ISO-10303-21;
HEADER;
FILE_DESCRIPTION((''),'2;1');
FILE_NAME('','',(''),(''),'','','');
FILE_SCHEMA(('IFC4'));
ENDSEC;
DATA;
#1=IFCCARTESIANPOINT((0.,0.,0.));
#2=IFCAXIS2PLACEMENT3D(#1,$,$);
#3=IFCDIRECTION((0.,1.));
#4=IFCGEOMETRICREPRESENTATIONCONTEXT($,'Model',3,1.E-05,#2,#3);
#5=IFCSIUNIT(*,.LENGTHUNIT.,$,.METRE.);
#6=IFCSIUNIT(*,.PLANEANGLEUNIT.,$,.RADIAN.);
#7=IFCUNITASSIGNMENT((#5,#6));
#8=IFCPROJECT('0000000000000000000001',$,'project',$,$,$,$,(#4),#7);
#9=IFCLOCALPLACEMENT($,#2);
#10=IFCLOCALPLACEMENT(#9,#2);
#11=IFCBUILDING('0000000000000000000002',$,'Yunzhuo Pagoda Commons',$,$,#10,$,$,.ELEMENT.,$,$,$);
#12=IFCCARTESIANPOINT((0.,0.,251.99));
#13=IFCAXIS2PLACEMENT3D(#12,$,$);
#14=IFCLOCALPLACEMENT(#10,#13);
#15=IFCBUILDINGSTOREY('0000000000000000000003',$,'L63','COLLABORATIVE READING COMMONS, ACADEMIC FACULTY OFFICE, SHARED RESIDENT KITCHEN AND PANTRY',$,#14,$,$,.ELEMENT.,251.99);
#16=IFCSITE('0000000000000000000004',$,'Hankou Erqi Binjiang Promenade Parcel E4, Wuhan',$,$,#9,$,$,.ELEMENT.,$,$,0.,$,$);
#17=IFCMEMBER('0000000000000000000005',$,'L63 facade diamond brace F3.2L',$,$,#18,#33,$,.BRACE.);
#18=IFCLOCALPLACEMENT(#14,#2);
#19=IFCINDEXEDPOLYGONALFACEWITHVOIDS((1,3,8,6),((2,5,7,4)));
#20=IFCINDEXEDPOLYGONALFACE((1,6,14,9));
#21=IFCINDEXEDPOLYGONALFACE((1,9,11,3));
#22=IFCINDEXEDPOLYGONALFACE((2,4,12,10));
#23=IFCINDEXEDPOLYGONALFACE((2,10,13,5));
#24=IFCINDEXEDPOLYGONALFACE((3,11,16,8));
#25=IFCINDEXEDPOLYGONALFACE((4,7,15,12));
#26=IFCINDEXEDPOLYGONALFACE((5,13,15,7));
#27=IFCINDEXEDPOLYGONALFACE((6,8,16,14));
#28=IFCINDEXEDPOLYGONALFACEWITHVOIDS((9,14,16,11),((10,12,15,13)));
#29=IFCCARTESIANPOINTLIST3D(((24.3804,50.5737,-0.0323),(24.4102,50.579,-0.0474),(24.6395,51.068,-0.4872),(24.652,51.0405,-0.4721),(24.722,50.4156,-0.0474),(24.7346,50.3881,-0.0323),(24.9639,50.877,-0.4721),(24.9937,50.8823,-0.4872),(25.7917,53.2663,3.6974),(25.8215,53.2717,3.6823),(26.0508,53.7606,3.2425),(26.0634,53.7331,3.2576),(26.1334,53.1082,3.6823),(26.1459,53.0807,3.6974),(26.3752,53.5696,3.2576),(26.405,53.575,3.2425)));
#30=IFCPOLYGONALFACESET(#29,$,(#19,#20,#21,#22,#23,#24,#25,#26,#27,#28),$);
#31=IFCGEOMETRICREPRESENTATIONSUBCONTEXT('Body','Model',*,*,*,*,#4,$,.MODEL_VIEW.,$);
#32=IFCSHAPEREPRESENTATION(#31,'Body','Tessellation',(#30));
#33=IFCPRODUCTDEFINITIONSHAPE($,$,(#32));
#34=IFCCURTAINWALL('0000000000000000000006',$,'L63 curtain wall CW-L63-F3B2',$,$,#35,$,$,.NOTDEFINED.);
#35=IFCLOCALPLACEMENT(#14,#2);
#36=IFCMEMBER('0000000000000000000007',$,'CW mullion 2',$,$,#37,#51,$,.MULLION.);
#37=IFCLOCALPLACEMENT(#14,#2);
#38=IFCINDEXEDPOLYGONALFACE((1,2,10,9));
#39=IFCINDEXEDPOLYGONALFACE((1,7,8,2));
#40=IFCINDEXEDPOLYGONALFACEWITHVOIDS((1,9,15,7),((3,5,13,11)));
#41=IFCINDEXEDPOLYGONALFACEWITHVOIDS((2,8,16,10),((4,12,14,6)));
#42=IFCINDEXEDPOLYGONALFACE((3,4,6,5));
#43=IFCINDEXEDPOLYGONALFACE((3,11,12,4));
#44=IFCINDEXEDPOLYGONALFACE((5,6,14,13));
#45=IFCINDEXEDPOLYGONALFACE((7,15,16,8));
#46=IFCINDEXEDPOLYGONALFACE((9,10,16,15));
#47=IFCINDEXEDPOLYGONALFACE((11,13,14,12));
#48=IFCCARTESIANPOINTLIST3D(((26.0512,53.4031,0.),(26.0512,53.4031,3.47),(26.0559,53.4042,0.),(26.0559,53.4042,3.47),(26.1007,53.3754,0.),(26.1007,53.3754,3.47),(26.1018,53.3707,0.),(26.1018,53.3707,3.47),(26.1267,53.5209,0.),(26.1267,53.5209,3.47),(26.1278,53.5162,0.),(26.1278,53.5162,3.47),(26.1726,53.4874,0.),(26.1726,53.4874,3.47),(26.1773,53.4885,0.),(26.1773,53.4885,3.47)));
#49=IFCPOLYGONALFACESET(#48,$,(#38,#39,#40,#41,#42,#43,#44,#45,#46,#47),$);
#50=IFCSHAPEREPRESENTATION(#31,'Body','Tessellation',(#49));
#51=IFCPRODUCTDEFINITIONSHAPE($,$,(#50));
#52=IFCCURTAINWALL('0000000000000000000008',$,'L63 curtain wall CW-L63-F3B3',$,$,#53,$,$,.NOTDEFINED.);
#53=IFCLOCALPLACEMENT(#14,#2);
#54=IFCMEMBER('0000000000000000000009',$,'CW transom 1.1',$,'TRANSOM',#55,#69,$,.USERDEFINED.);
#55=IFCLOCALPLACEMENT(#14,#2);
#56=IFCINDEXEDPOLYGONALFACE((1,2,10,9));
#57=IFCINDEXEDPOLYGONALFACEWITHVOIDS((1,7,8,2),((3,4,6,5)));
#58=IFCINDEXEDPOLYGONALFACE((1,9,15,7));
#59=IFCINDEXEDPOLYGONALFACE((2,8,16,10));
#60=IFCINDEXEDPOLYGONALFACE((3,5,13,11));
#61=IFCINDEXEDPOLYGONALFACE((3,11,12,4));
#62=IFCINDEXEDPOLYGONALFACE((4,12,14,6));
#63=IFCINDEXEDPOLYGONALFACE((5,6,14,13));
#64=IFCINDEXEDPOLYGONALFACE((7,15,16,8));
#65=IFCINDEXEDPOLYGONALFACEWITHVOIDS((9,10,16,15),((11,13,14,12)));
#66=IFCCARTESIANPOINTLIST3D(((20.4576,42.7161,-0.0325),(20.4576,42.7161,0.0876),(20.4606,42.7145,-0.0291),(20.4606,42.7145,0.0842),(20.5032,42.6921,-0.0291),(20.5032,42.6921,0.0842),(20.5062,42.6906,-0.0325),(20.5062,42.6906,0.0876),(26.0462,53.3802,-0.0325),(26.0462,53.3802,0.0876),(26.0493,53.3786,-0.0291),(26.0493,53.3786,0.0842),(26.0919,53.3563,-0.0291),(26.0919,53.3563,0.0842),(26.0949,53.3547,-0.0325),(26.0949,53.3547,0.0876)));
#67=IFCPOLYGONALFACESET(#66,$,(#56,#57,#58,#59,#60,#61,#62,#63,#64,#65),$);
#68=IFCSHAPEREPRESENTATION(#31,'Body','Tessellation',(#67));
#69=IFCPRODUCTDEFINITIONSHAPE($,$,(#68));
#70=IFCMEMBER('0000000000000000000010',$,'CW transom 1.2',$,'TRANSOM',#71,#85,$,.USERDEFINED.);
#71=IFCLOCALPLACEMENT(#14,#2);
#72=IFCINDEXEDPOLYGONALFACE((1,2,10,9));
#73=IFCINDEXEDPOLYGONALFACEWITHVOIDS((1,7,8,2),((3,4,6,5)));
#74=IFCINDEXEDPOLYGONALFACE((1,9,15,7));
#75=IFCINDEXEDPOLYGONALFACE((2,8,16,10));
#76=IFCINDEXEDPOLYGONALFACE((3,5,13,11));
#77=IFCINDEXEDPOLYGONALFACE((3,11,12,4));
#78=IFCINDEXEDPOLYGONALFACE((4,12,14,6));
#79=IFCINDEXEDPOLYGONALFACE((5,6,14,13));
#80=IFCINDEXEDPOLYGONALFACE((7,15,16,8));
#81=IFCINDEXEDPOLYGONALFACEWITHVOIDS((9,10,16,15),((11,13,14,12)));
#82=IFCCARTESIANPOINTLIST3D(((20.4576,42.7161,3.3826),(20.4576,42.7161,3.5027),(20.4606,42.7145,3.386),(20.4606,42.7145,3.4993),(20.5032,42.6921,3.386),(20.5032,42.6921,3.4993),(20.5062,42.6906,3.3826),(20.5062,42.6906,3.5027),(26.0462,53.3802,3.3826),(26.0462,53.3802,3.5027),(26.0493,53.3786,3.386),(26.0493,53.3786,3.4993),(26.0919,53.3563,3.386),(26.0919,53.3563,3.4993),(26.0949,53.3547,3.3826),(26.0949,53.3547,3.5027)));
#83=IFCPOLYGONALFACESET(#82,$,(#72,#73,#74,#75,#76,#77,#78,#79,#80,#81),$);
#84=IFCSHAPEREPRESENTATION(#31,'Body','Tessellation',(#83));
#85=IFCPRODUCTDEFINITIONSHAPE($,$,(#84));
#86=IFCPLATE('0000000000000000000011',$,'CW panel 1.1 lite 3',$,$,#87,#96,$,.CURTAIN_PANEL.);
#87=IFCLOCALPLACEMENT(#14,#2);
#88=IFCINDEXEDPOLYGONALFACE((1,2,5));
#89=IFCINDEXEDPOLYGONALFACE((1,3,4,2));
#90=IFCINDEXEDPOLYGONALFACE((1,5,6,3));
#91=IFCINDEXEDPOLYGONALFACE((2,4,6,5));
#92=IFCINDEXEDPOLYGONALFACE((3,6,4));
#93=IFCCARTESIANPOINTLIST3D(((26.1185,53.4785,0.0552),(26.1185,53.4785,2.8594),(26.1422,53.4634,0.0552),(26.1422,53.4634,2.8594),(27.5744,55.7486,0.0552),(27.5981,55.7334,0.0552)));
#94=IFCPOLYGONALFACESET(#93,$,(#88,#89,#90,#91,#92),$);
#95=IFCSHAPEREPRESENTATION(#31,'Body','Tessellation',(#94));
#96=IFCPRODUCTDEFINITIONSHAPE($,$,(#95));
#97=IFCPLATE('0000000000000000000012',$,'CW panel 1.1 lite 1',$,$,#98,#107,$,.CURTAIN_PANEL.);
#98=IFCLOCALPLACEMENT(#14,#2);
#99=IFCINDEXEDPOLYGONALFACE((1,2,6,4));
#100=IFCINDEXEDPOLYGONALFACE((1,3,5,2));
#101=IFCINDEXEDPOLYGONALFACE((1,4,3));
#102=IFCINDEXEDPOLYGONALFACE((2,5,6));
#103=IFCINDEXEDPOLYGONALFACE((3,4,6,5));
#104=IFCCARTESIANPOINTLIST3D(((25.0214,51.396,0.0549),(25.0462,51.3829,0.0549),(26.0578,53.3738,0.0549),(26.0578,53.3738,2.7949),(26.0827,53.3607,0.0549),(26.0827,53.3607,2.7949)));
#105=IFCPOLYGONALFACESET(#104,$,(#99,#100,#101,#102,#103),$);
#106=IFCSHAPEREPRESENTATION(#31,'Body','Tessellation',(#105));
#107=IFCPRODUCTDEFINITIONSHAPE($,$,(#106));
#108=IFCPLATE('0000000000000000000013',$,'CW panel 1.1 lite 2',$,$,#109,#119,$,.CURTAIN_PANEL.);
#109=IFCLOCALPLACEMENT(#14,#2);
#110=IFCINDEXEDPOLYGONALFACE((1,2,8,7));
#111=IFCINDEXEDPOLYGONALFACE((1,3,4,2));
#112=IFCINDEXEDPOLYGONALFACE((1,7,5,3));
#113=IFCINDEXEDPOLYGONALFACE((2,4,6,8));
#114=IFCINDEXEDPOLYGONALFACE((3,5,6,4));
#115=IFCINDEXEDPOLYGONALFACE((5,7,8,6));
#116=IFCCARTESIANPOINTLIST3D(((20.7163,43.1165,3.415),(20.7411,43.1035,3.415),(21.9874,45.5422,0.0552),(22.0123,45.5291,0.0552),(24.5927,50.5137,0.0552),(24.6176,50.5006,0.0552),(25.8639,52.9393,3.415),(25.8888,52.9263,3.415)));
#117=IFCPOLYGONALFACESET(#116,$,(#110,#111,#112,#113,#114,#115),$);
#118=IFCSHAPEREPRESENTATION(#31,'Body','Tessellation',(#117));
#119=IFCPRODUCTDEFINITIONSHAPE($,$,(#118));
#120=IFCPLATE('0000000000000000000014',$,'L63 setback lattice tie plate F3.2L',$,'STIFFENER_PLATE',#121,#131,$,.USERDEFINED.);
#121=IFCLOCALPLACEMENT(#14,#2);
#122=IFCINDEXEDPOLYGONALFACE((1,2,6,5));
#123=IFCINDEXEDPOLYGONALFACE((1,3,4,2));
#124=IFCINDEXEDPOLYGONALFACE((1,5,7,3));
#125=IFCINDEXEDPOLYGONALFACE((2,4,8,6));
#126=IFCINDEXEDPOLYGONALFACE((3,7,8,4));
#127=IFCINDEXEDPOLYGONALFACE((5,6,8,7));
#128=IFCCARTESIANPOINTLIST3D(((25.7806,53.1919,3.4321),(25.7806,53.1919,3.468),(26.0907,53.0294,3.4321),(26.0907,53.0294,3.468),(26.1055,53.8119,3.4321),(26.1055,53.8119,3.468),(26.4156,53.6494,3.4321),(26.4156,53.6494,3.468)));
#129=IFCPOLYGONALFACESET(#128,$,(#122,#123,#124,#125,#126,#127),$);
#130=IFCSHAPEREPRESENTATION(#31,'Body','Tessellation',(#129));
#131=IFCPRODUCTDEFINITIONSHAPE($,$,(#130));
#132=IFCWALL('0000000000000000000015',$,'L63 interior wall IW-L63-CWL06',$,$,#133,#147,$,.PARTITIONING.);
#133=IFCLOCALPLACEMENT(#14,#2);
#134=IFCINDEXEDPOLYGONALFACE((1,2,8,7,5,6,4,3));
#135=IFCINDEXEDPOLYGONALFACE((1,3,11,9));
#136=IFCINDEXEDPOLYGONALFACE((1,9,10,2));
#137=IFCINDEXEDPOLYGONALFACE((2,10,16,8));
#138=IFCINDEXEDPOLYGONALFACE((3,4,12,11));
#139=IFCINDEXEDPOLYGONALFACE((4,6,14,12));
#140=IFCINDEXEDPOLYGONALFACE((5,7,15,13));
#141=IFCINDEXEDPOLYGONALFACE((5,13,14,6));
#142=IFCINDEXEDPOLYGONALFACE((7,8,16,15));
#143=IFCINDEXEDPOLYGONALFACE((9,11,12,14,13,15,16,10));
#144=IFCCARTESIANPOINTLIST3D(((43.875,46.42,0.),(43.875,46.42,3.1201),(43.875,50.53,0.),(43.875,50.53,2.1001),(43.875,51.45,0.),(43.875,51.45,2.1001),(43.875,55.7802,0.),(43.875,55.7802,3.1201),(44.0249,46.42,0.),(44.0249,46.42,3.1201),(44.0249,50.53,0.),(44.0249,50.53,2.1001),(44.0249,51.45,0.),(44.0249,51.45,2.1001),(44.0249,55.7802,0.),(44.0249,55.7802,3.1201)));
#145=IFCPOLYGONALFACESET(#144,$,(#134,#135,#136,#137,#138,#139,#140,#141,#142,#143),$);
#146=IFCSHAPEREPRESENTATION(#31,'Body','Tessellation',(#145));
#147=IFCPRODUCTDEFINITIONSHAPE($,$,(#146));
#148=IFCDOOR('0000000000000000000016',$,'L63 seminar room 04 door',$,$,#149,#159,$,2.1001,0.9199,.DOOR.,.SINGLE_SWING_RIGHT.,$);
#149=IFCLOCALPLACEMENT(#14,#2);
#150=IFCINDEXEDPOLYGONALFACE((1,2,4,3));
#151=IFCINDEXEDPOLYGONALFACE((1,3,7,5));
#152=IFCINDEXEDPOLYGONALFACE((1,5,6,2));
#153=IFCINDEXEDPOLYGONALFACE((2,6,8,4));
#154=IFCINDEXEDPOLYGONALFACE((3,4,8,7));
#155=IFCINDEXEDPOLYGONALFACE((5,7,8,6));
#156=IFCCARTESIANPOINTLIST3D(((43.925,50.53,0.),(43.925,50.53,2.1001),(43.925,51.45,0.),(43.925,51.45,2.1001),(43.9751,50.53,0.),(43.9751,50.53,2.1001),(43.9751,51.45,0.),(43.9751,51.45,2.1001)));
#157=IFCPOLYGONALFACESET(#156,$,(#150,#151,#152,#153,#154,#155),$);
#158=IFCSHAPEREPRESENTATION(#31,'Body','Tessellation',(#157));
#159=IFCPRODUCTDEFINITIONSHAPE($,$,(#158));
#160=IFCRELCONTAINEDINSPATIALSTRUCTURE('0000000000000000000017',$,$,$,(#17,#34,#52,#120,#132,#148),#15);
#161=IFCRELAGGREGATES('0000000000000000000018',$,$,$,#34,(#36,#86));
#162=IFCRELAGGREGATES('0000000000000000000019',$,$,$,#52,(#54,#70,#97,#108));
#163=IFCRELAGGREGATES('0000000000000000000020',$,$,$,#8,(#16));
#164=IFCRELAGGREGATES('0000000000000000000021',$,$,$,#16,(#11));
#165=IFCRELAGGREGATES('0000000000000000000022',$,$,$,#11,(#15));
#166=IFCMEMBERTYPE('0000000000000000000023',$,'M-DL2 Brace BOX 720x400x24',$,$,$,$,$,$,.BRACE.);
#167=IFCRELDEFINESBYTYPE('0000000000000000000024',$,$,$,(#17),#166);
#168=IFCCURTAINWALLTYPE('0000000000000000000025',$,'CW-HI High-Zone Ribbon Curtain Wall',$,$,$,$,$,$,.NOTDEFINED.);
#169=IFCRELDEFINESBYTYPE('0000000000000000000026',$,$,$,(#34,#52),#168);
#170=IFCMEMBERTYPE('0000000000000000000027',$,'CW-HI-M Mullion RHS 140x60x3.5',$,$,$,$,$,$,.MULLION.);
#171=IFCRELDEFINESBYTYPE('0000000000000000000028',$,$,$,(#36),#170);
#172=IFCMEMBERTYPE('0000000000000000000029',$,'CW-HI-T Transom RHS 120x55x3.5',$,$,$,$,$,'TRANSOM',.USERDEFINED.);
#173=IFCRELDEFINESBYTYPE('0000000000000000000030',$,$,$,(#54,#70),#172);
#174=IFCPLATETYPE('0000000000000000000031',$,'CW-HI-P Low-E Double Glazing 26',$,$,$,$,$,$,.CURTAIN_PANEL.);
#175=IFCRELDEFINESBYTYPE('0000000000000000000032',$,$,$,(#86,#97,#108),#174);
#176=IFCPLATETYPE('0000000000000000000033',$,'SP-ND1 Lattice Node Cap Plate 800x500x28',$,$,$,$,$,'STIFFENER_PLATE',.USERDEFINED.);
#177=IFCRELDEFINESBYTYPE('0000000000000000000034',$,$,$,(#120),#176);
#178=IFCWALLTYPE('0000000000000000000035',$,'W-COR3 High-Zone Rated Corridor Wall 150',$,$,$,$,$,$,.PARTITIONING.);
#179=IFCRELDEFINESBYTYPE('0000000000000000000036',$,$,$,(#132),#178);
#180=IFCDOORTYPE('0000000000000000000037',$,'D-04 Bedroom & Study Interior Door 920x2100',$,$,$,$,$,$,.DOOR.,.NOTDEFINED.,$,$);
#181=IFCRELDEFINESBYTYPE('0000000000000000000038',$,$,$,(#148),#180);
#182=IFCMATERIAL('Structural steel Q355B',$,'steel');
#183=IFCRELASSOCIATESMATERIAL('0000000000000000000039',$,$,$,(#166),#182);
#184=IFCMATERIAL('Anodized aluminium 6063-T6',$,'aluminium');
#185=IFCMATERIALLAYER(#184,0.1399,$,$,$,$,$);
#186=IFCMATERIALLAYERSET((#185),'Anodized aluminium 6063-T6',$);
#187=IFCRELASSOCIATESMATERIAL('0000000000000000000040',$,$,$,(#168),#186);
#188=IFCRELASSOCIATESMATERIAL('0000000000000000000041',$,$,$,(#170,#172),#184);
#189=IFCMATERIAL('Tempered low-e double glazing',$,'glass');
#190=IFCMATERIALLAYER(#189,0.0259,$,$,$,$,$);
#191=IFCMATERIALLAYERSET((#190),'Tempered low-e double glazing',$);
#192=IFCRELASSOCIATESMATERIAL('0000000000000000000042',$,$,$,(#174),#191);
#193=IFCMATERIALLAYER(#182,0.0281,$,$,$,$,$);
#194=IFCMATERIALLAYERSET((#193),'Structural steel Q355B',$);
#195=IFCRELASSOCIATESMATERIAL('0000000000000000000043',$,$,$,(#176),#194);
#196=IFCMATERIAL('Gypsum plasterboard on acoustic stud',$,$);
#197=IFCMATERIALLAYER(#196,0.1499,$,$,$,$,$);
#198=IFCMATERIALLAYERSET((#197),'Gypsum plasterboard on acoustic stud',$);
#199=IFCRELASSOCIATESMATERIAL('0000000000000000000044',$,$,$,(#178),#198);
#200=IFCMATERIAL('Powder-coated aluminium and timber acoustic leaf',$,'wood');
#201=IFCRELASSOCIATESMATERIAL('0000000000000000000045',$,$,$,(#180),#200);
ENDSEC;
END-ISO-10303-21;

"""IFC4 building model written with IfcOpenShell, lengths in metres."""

from ifc_helpers import new_model, si_unit, direction, frame, frame_2d, origin, origin_with_axes, origin_2d, place, context, subcontext, project, spatial, polyline, rectangle, hollow_rectangle, outline, extrude, source, transform, mapped, material, layer, layer_set, material_profile, profile_set, type_object, element, fill, aggregate, save


model = new_model("IFC4")

# Units and contexts
model_context = context("Model", 3, precision=1e-05, world=origin(), true_north=direction((0.0, 1.0)))
body_context = subcontext(model_context, "Body", "Model", "MODEL_VIEW")
ifc_project = project(units=[si_unit("LENGTHUNIT", "METRE"), si_unit("PLANEANGLEUNIT", "RADIAN")], contexts=[model_context])

# Site, building, storey
site_placement = place(None, origin())
site = spatial("IfcSite", under=ifc_project, at=site_placement, Name="Hankou Erqi Binjiang Promenade Parcel E4, Wuhan", CompositionType="ELEMENT", RefElevation=0.0)
building_placement = place(site_placement, origin())
building = spatial("IfcBuilding", under=site, at=building_placement, Name="Yunzhuo Pagoda Commons", CompositionType="ELEMENT")
storey_placement = place(building_placement, frame((0.0, 0.0, 251.99)))
storey = spatial("IfcBuildingStorey", under=building, at=storey_placement, Name="L63", Description="COLLABORATIVE READING COMMONS, ACADEMIC FACULTY OFFICE, SHARED RESIDENT KITCHEN AND PANTRY", CompositionType="ELEMENT", Elevation=251.99)

# Shared definitions
ifc_material_1 = material(Name="Structural steel Q355B", Category="steel")

# Member
ifc_material_profile_1 = material_profile(ifc_material_1, hollow_rectangle(XDim=0.3999, YDim=0.72, WallThickness=0.0239, at=origin_2d()), Name="Structural steel Q355B")
ifc_profile_set_1 = profile_set([ifc_material_profile_1], Name="Structural steel Q355B")
member_type_1 = type_object("IfcMemberType", Name="M-DL2 Brace BOX 720x400x24", PredefinedType="BRACE", material=ifc_profile_set_1)
shared_shape_1 = source(origin(), body_context, "Body", "SweptSolid", [
    extrude(hollow_rectangle(XDim=0.3999, YDim=0.72, WallThickness=0.0239, at=origin_2d()), origin(), (0.0, 0.0, 1.0), 4.8118),
])
member_1_placement = place(storey_placement, frame((24.687, 50.728, -0.2598), z_axis=(0.293317, 0.559591, 0.775127), x_axis=(-0.885703, 0.464253, 0.0)))
element("IfcMember", 1, at=member_1_placement, inside=storey, type_object=member_type_1, Name="L63 facade diamond brace F3.2L", PredefinedType="BRACE", context=body_context, shape_type="MappedRepresentation", body=[
    mapped(shared_shape_1, transform((0.0, 0.0, 0.0), scale=1.0)),
])

# Curtain wall, member
ifc_material_2 = material(Name="Anodized aluminium 6063-T6", Category="aluminium")
ifc_layer_1 = layer(ifc_material_2, 0.1399)
ifc_layer_set_1 = layer_set([ifc_layer_1], Name="Anodized aluminium 6063-T6")
curtain_wall_type = type_object("IfcCurtainWallType", Name="CW-HI High-Zone Ribbon Curtain Wall", PredefinedType="NOTDEFINED", material=ifc_layer_set_1)
curtain_wall_1_placement = place(storey_placement, origin())
curtain_wall_1 = element("IfcCurtainWall", 2, at=curtain_wall_1_placement, inside=storey, type_object=curtain_wall_type, Name="L63 curtain wall CW-L63-F3B2", PredefinedType="NOTDEFINED")
ifc_material_profile_2 = material_profile(ifc_material_2, hollow_rectangle(XDim=0.0601, YDim=0.1399, WallThickness=0.0034, at=origin_2d()), Name="Anodized aluminium 6063-T6")
ifc_profile_set_2 = profile_set([ifc_material_profile_2], Name="Anodized aluminium 6063-T6")
member_type_2 = type_object("IfcMemberType", Name="CW-HI-M Mullion RHS 140x60x3.5", PredefinedType="MULLION", material=ifc_profile_set_2)
shared_shape_2 = source(origin(), body_context, "Body", "SweptSolid", [
    extrude(hollow_rectangle(XDim=0.0601, YDim=0.1399, WallThickness=0.0034, at=origin_2d()), origin(), (0.0, 0.0, 1.0), 3.47),
])
member_2_placement = place(storey_placement, frame((26.1143, 53.4458, 0.0), z_axis=(0.0, 0.0, 1.0), x_axis=(0.84175, -0.539867, 0.0)))
member_2 = element("IfcMember", 3, at=member_2_placement, type_object=member_type_2, Name="CW mullion 2", PredefinedType="MULLION", context=body_context, shape_type="MappedRepresentation", body=[
    mapped(shared_shape_2, transform((0.0, 0.0, 0.0), scale=1.0)),
])

# Curtain wall, members
curtain_wall_2_placement = place(storey_placement, origin())
curtain_wall_2 = element("IfcCurtainWall", 4, at=curtain_wall_2_placement, inside=storey, type_object=curtain_wall_type, Name="L63 curtain wall CW-L63-F3B3", PredefinedType="NOTDEFINED")
ifc_material_profile_3 = material_profile(ifc_material_2, hollow_rectangle(XDim=0.0549, YDim=0.1201, WallThickness=0.0034, at=origin_2d()), Name="Anodized aluminium 6063-T6")
ifc_profile_set_3 = profile_set([ifc_material_profile_3], Name="Anodized aluminium 6063-T6")
member_type_3 = type_object("IfcMemberType", Name="CW-HI-T Transom RHS 120x55x3.5", ElementType="TRANSOM", PredefinedType="USERDEFINED", material=ifc_profile_set_3)
shared_shape_3 = source(origin(), body_context, "Body", "SweptSolid", [
    extrude(hollow_rectangle(XDim=0.0549, YDim=0.1201, WallThickness=0.0034, at=origin_2d()), origin(), (0.0, 0.0, 1.0), 12.0398),
])
member_3_placement = place(storey_placement, frame((26.0706, 53.3674, 0.0276), z_axis=(-0.464182, -0.88574, 0.0), x_axis=(0.88574, -0.464182, 0.0)))
member_3 = element("IfcMember", 5, at=member_3_placement, type_object=member_type_3, Name="CW transom 1.1", ObjectType="TRANSOM", PredefinedType="USERDEFINED", context=body_context, shape_type="MappedRepresentation", body=[
    mapped(shared_shape_3, transform((0.0, 0.0, 0.0), scale=1.0)),
])
member_4_placement = place(storey_placement, frame((26.0706, 53.3674, 3.4426), z_axis=(-0.464182, -0.88574, 0.0), x_axis=(0.88574, -0.464182, 0.0)))
member_4 = element("IfcMember", 6, at=member_4_placement, type_object=member_type_3, Name="CW transom 1.2", ObjectType="TRANSOM", PredefinedType="USERDEFINED", context=body_context, shape_type="MappedRepresentation", body=[
    mapped(shared_shape_3, transform((0.0, 0.0, 0.0), scale=1.0)),
])

# Plates
ifc_material_3 = material(Name="Tempered low-e double glazing", Category="glass")
ifc_layer_2 = layer(ifc_material_3, 0.0259)
ifc_layer_set_2 = layer_set([ifc_layer_2], Name="Tempered low-e double glazing")
plate_type_1 = type_object("IfcPlateType", Name="CW-HI-P Low-E Double Glazing 26", PredefinedType="CURTAIN_PANEL", material=ifc_layer_set_2)
plate_1_placement = place(storey_placement, frame((26.8701, 54.5984, 1.4573), z_axis=(-0.84175, 0.539867, 0.0), x_axis=(-0.539867, -0.84175, 0.0)))
plate_1 = element("IfcPlate", 7, at=plate_1_placement, type_object=plate_type_1, Name="CW panel 1.1 lite 3", PredefinedType="CURTAIN_PANEL", context=body_context, shape_type="SweptSolid", body=[
    extrude(outline(polyline([(-1.3484, -1.4021), (1.3484, -1.4021), (1.3484, 1.4021), (-1.3484, -1.4021)])), origin(), (0.0, 0.0, 1.0), 0.0281),
])
aggregate(curtain_wall_1, [member_2, plate_1])
plate_2_placement = place(storey_placement, frame((25.5645, 52.3718, 1.4248), z_axis=(-0.885743, 0.464176, 0.0), x_axis=(-0.464176, -0.885743, 0.0)))
plate_2 = element("IfcPlate", 8, at=plate_2_placement, type_object=plate_type_1, Name="CW panel 1.1 lite 1", PredefinedType="CURTAIN_PANEL", context=body_context, shape_type="SweptSolid", body=[
    extrude(outline(polyline([(-1.1165, -1.3699), (1.1165, -1.3699), (-1.1165, 1.3701), (-1.1165, -1.3699)])), origin(), (0.0, 0.0, 1.0), 0.0281),
])
plate_3_placement = place(storey_placement, frame((23.3149, 48.0149, 1.7351), z_axis=(-0.885743, 0.464176, 0.0), x_axis=(-0.464176, -0.885743, 0.0)))
plate_3 = element("IfcPlate", 9, at=plate_3_placement, type_object=plate_type_1, Name="CW panel 1.1 lite 2", PredefinedType="CURTAIN_PANEL", context=body_context, shape_type="SweptSolid", body=[
    extrude(outline(polyline([(-5.5449, 1.6799), (-2.8064, -1.6799), (2.8064, -1.6799), (5.5449, 1.6799), (-5.5449, 1.6799)])), origin(), (0.0, 0.0, 1.0), 0.0281),
])
aggregate(curtain_wall_2, [member_3, member_4, plate_2, plate_3])
ifc_layer_3 = layer(ifc_material_1, 0.0281)
ifc_layer_set_3 = layer_set([ifc_layer_3], Name="Structural steel Q355B")
plate_type_2 = type_object("IfcPlateType", Name="SP-ND1 Lattice Node Cap Plate 800x500x28", ElementType="STIFFENER_PLATE", PredefinedType="USERDEFINED", material=ifc_layer_set_3)
shared_shape_4 = source(origin(), body_context, "Body", "SweptSolid", [
    extrude(rectangle(XDim=0.7, YDim=0.3501, at=origin_2d()), origin(), (0.0, 0.0, 1.0), 0.0359),
])
plate_4_placement = place(storey_placement, frame((26.0981, 53.4207, 3.4321), z_axis=(0.0, 0.0, 1.0), x_axis=(-0.464177, -0.885742, 0.0)))
element("IfcPlate", 10, at=plate_4_placement, inside=storey, type_object=plate_type_2, Name="L63 setback lattice tie plate F3.2L", ObjectType="STIFFENER_PLATE", PredefinedType="USERDEFINED", context=body_context, shape_type="MappedRepresentation", body=[
    mapped(shared_shape_4, transform((0.0, 0.0, 0.0), scale=1.0)),
])

# Wall, opening, door
ifc_material_4 = material(Name="Gypsum plasterboard on acoustic stud")
ifc_layer_4 = layer(ifc_material_4, 0.1499)
ifc_layer_set_4 = layer_set([ifc_layer_4], Name="Gypsum plasterboard on acoustic stud")
wall_type_1 = type_object("IfcWallType", Name="W-COR3 High-Zone Rated Corridor Wall 150", PredefinedType="PARTITIONING", material=ifc_layer_set_4)
wall_1_placement = place(storey_placement, frame((43.95, 46.4199, 0.0), z_axis=(0.0, 0.0, 1.0), x_axis=(0.0, 1.0, 0.0)))
wall_1 = element("IfcWall", 11, at=wall_1_placement, inside=storey, type_object=wall_type_1, Name="L63 interior wall IW-L63-CWL06", PredefinedType="PARTITIONING", context=body_context, shape_type="SweptSolid", body=[
    extrude(rectangle(XDim=9.3601, YDim=0.1499, at=frame_2d((4.6802, 0.0))), origin(), (0.0, 0.0, 1.0), 3.1201),
])
opening_1_placement = place(wall_1_placement, frame((4.1101, 0.0, 0.0)))
opening_1 = element("IfcOpeningElement", 12, at=opening_1_placement, cuts=wall_1, PredefinedType="OPENING", context=body_context, shape_type="SweptSolid", body=[
    extrude(rectangle(XDim=0.9199, YDim=2.1001, at=frame_2d((0.46, 1.05))), frame((0.0, 0.085, 0.0), z_axis=(0.0, -1.0, 0.0), x_axis=(1.0, 0.0, 0.0)), (0.0, 0.0, 1.0), 0.1699),
])
ifc_material_5 = material(Name="Powder-coated aluminium and timber acoustic leaf", Category="wood")
door_type_1 = type_object("IfcDoorType", Name="D-04 Bedroom & Study Interior Door 920x2100", OperationType="NOTDEFINED", PredefinedType="DOOR", material=ifc_material_5)
shared_shape_5 = source(origin(), body_context, "Body", "SweptSolid", [
    extrude(rectangle(XDim=0.9199, YDim=2.1001, at=frame_2d((0.46, 1.05))), frame((0.0, 0.0249, 0.0), z_axis=(0.0, -1.0, 0.0), x_axis=(1.0, 0.0, 0.0)), (0.0, 0.0, 1.0), 0.05),
])
door_1_placement = place(opening_1_placement, origin_with_axes())
door_1 = element("IfcDoor", 13, at=door_1_placement, inside=storey, type_object=door_type_1, Name="L63 seminar room 04 door", OperationType="SINGLE_SWING_RIGHT", OverallHeight=2.1001, OverallWidth=0.9199, PredefinedType="DOOR", context=body_context, shape_type="MappedRepresentation", body=[
    mapped(shared_shape_5, transform((0.0, 0.0, 0.0), scale=1.0)),
])
fill(opening_1, door_1)

save(model, "model.ifc")
